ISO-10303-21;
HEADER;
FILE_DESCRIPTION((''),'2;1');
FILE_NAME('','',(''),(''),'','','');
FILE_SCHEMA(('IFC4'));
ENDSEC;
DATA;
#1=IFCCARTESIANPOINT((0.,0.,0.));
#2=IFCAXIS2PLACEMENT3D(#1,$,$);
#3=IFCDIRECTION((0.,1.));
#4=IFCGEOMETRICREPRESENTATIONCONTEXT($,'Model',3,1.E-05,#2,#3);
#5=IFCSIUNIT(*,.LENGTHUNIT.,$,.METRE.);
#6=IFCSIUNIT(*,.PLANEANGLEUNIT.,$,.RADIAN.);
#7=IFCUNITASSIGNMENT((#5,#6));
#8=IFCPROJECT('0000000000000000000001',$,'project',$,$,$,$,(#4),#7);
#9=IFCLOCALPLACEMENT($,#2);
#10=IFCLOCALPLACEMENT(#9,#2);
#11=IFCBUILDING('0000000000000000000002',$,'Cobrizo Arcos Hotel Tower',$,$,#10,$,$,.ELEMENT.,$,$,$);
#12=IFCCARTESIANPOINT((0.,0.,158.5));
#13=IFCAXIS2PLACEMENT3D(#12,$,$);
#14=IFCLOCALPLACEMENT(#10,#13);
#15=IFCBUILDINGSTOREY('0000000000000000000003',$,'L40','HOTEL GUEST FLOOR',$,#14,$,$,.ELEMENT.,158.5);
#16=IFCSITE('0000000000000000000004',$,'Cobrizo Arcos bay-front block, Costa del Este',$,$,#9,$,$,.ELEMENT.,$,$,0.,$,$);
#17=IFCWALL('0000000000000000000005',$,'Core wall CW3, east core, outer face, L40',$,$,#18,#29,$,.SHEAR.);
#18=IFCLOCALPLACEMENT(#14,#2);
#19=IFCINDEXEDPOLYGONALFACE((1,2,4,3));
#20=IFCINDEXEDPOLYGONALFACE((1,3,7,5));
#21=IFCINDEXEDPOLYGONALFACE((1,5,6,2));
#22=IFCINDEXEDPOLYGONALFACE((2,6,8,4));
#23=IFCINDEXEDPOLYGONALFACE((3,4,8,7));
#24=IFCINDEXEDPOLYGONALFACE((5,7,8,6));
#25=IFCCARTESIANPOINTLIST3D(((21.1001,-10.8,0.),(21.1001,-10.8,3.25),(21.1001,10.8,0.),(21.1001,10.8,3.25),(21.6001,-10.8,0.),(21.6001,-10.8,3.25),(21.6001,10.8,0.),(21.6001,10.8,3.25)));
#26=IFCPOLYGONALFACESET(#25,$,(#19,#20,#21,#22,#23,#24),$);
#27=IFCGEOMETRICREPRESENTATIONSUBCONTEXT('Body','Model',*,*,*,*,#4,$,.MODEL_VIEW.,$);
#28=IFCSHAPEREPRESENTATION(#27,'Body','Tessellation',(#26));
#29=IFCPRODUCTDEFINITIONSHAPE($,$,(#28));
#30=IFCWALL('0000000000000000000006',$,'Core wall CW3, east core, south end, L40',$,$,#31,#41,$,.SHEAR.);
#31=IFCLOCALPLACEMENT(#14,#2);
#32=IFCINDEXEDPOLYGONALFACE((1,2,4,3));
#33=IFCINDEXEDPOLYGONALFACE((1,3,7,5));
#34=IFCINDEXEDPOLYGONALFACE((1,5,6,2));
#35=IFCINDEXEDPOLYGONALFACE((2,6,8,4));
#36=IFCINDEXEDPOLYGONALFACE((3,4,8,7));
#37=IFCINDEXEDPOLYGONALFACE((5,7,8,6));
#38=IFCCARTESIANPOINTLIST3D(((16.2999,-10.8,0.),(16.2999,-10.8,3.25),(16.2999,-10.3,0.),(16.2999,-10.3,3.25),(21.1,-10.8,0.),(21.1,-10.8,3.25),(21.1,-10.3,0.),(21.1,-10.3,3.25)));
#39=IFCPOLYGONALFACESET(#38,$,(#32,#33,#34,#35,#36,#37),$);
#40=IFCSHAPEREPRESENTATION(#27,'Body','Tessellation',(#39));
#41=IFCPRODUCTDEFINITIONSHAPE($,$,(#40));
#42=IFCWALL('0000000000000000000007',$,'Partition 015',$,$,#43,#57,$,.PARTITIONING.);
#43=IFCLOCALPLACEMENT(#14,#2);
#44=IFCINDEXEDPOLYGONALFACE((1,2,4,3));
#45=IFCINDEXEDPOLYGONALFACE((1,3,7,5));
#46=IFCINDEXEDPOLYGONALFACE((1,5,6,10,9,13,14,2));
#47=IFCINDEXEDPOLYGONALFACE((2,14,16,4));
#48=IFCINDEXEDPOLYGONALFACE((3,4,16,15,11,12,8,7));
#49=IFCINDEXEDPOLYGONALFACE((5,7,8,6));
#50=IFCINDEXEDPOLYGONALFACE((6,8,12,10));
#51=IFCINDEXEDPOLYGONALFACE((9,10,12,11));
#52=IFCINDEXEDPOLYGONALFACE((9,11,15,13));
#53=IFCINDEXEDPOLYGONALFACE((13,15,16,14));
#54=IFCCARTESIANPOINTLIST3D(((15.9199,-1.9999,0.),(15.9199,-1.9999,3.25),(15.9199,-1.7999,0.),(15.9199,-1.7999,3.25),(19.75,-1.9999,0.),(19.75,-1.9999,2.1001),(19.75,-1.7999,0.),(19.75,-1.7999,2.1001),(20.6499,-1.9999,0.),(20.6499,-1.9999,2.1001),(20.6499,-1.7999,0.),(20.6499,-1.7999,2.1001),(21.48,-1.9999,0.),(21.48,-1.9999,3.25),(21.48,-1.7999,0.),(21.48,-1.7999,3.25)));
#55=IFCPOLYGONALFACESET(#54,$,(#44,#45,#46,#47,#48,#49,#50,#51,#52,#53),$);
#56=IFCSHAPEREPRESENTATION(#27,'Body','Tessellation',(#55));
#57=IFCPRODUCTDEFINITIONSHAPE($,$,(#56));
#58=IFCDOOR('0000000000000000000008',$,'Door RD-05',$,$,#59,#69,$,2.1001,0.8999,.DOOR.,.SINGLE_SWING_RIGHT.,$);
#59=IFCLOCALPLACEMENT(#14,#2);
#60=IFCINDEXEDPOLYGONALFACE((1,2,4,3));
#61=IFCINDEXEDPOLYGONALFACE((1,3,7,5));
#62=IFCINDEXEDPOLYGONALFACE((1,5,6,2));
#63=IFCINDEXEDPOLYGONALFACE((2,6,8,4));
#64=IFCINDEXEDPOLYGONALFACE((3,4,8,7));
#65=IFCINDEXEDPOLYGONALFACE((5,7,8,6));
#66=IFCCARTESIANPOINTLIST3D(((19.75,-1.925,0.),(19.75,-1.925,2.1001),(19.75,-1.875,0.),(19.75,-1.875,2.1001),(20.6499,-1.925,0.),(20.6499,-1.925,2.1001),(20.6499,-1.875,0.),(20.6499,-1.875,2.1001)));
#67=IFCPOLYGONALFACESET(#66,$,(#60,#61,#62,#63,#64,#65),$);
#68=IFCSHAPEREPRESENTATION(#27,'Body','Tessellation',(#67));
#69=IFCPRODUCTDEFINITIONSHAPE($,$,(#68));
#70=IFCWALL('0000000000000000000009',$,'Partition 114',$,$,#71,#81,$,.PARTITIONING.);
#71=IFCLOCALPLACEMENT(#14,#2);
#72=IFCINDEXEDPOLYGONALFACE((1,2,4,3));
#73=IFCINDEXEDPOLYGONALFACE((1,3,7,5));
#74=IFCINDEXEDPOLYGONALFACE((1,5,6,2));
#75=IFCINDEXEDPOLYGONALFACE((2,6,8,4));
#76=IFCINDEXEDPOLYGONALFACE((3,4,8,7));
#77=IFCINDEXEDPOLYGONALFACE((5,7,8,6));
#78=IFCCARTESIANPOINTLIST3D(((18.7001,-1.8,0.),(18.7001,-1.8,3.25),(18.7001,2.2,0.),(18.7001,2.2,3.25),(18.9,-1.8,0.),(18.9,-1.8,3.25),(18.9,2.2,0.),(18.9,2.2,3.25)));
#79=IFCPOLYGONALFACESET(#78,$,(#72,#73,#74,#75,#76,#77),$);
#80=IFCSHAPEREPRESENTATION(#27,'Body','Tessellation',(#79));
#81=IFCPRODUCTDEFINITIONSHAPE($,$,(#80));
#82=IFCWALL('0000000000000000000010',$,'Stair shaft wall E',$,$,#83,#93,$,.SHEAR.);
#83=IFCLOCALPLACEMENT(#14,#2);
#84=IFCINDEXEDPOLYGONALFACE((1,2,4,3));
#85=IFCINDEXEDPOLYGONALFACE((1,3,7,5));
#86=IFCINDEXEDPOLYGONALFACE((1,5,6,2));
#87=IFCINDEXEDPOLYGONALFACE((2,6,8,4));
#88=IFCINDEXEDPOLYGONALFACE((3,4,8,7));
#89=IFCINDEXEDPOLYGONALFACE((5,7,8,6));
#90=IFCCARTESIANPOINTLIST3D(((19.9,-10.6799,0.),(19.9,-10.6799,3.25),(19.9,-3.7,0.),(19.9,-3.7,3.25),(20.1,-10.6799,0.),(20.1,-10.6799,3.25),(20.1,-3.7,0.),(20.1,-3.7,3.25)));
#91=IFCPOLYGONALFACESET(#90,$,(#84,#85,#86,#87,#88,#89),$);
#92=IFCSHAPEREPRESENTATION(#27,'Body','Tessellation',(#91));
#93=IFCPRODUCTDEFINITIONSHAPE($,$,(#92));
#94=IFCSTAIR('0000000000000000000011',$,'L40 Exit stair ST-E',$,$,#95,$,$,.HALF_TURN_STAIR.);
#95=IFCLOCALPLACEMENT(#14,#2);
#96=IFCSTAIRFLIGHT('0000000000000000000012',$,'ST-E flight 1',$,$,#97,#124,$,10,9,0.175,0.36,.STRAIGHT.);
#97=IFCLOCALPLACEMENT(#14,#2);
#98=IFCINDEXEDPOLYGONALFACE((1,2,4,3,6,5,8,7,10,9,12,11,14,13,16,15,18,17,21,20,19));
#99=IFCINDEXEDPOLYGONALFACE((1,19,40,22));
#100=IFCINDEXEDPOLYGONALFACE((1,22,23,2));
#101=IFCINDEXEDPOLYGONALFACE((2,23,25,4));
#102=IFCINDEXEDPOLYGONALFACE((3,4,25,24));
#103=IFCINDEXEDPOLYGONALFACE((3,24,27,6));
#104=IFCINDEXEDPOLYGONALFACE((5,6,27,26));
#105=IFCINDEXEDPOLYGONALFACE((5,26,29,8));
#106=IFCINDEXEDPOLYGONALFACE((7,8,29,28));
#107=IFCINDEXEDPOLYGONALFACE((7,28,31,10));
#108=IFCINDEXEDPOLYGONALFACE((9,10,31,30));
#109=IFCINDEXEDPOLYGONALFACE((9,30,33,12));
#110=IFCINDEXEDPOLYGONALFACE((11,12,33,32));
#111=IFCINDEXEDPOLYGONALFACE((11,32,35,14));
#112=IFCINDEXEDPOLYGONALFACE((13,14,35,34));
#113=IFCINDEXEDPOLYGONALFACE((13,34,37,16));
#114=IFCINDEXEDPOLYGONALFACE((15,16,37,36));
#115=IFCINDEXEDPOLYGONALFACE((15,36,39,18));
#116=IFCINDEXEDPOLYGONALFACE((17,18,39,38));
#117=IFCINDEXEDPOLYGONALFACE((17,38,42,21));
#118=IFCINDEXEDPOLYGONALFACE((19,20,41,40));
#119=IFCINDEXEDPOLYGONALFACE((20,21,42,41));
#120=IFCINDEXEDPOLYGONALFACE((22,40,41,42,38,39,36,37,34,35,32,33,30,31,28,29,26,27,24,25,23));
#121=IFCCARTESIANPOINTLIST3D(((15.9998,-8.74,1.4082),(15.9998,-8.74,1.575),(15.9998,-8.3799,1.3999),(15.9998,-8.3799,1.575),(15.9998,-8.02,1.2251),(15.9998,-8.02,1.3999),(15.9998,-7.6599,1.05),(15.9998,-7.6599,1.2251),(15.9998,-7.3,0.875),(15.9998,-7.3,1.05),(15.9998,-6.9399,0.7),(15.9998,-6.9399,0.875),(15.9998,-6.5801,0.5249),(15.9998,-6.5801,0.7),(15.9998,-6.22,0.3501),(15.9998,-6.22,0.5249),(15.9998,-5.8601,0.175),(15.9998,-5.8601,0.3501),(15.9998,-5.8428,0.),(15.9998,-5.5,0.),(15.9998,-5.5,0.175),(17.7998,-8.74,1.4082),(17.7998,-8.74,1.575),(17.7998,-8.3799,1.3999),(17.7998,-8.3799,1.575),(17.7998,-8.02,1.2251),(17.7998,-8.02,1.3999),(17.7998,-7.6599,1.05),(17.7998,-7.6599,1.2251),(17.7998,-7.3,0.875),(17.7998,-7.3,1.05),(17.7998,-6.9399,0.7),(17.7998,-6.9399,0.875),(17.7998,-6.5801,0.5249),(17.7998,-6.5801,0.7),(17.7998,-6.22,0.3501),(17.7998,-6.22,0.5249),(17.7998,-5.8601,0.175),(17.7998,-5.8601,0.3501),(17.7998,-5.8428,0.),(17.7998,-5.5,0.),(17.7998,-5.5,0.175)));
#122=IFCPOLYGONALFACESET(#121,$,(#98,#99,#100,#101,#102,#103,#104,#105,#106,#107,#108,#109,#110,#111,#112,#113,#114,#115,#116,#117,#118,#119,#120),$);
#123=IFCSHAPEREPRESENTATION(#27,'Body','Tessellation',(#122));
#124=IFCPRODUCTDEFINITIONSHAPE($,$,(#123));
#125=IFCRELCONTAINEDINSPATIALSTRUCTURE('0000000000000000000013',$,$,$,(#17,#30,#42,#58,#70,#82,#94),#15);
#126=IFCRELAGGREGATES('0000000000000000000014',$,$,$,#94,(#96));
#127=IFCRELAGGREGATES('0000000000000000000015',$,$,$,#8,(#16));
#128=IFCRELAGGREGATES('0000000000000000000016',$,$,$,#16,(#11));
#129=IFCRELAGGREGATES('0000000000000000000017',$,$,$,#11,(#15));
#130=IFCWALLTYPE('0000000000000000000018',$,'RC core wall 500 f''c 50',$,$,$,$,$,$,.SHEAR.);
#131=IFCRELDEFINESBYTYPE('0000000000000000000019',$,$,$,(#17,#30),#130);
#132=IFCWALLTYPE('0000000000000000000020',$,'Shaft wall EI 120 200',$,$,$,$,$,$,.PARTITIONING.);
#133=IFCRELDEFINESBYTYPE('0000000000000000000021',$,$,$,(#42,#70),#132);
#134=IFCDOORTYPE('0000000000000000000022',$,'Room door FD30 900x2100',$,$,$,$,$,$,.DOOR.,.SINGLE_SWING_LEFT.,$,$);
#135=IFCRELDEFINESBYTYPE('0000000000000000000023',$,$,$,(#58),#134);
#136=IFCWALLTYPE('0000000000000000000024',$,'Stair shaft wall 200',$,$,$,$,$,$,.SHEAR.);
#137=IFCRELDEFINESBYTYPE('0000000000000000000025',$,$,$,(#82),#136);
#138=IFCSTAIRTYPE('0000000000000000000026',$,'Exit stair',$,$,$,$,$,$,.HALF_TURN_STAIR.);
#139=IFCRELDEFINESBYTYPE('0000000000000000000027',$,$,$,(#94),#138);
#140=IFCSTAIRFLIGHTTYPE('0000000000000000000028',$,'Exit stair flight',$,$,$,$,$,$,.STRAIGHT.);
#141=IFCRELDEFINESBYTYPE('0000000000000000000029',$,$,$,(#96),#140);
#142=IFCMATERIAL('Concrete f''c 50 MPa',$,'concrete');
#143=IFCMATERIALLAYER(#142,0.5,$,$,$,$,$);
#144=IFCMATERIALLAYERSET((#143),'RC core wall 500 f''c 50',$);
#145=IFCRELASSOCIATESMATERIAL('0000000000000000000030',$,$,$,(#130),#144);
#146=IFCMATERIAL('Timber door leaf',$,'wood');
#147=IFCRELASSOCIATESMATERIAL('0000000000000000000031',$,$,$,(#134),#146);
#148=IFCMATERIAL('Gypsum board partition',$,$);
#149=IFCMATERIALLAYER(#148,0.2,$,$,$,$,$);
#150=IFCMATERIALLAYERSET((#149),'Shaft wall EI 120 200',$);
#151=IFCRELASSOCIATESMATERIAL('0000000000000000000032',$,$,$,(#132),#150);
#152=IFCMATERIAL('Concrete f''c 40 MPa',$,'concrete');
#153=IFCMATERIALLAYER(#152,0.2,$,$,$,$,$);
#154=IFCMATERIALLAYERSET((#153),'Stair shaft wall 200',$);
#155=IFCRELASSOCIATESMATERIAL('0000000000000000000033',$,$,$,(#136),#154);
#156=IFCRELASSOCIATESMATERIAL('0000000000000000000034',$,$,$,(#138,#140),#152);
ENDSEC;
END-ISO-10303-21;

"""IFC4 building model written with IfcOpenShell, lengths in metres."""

from ifc_helpers import new_model, si_unit, direction, frame, frame_2d, origin, place, context, subcontext, project, spatial, polyline, rectangle, outline, extrude, material, layer, layer_set, type_object, element, fill, aggregate, save


model = new_model("IFC4")

# Units and contexts
model_context = context("Model", 3, precision=1e-05, world=origin(), true_north=direction((0.0, 1.0)))
body_context = subcontext(model_context, "Body", "Model", "MODEL_VIEW")
ifc_project = project(units=[si_unit("LENGTHUNIT", "METRE"), si_unit("PLANEANGLEUNIT", "RADIAN")], contexts=[model_context])

# Site, building, storey
site_placement = place(None, origin())
site = spatial("IfcSite", under=ifc_project, at=site_placement, Name="Cobrizo Arcos bay-front block, Costa del Este", CompositionType="ELEMENT", RefElevation=0.0)
building_placement = place(site_placement, origin())
building = spatial("IfcBuilding", under=site, at=building_placement, Name="Cobrizo Arcos Hotel Tower", CompositionType="ELEMENT")
storey_placement = place(building_placement, frame((0.0, 0.0, 158.5)))
storey = spatial("IfcBuildingStorey", under=building, at=storey_placement, Name="L40", Description="HOTEL GUEST FLOOR", CompositionType="ELEMENT", Elevation=158.5)

# Shared definitions
ifc_material_1 = material(Name="Concrete f'c 50 MPa", Category="concrete")
ifc_layer_1 = layer(ifc_material_1, 0.5)
ifc_layer_set_1 = layer_set([ifc_layer_1], Name="RC core wall 500 f'c 50")
wall_type_1 = type_object("IfcWallType", Name="RC core wall 500 f'c 50", PredefinedType="SHEAR", material=ifc_layer_set_1)
ifc_material_2 = material(Name="Timber door leaf", Category="wood")
door_type_1 = type_object("IfcDoorType", Name="Room door FD30 900x2100", OperationType="SINGLE_SWING_LEFT", PredefinedType="DOOR", material=ifc_material_2)

# Walls
wall_1_placement = place(storey_placement, frame((21.3501, -10.8, 0.0), z_axis=(0.0, 0.0, 1.0), x_axis=(0.0, 1.0, 0.0)))
element("IfcWall", 1, at=wall_1_placement, inside=storey, type_object=wall_type_1, Name="Core wall CW3, east core, outer face, L40", PredefinedType="SHEAR", context=body_context, shape_type="SweptSolid", body=[
    extrude(rectangle(XDim=21.6001, YDim=0.5, at=frame_2d((10.8, 0.0))), origin(), (0.0, 0.0, 1.0), 3.25),
])
wall_2_placement = place(storey_placement, frame((16.3, -10.55, 0.0), z_axis=(0.0, 0.0, 1.0), x_axis=(1.0, 0.0, 0.0)))
element("IfcWall", 2, at=wall_2_placement, inside=storey, type_object=wall_type_1, Name="Core wall CW3, east core, south end, L40", PredefinedType="SHEAR", context=body_context, shape_type="SweptSolid", body=[
    extrude(rectangle(XDim=4.8, YDim=0.5, at=frame_2d((2.3999, 0.0))), origin(), (0.0, 0.0, 1.0), 3.25),
])

# Wall, opening, door
ifc_material_3 = material(Name="Gypsum board partition")
ifc_layer_2 = layer(ifc_material_3, 0.2)
ifc_layer_set_2 = layer_set([ifc_layer_2], Name="Shaft wall EI 120 200")
wall_type_2 = type_object("IfcWallType", Name="Shaft wall EI 120 200", PredefinedType="PARTITIONING", material=ifc_layer_set_2)
wall_3_placement = place(storey_placement, frame((15.9199, -1.8999, 0.0), z_axis=(0.0, 0.0, 1.0), x_axis=(1.0, 0.0, 0.0)))
wall_3 = element("IfcWall", 3, at=wall_3_placement, inside=storey, type_object=wall_type_2, Name="Partition 015", PredefinedType="PARTITIONING", context=body_context, shape_type="SweptSolid", body=[
    extrude(rectangle(XDim=5.5601, YDim=0.2, at=frame_2d((2.78, 0.0))), origin(), (0.0, 0.0, 1.0), 3.25),
])
opening_1_placement = place(wall_3_placement, frame((3.8301, 0.0, 0.0)))
opening_1 = element("IfcOpeningElement", 4, at=opening_1_placement, cuts=wall_3, PredefinedType="OPENING", context=body_context, shape_type="SweptSolid", body=[
    extrude(rectangle(XDim=0.8999, YDim=2.1001, at=frame_2d((0.45, 1.05))), frame((0.0, 0.1121, 0.0), z_axis=(0.0, -1.0, 0.0), x_axis=(1.0, 0.0, 0.0)), (0.0, 0.0, 1.0), 0.2239),
])
door_1_placement = place(opening_1_placement, origin())
door_1 = element("IfcDoor", 5, at=door_1_placement, inside=storey, type_object=door_type_1, Name="Door RD-05", OperationType="SINGLE_SWING_RIGHT", OverallHeight=2.1001, OverallWidth=0.8999, PredefinedType="DOOR", context=body_context, shape_type="SweptSolid", body=[
    extrude(rectangle(XDim=0.8999, YDim=2.1001, at=frame_2d((0.45, 1.05))), frame((0.0, 0.0249, 0.0), z_axis=(0.0, -1.0, 0.0), x_axis=(1.0, 0.0, 0.0)), (0.0, 0.0, 1.0), 0.05),
])
fill(opening_1, door_1)

# Walls
wall_4_placement = place(storey_placement, frame((18.8, -1.8, 0.0), z_axis=(0.0, 0.0, 1.0), x_axis=(0.0, 1.0, 0.0)))
element("IfcWall", 6, at=wall_4_placement, inside=storey, type_object=wall_type_2, Name="Partition 114", PredefinedType="PARTITIONING", context=body_context, shape_type="SweptSolid", body=[
    extrude(rectangle(XDim=4.0, YDim=0.2, at=frame_2d((2.0, 0.0))), origin(), (0.0, 0.0, 1.0), 3.25),
])
ifc_material_4 = material(Name="Concrete f'c 40 MPa", Category="concrete")
ifc_layer_3 = layer(ifc_material_4, 0.2)
ifc_layer_set_3 = layer_set([ifc_layer_3], Name="Stair shaft wall 200")
wall_type_3 = type_object("IfcWallType", Name="Stair shaft wall 200", PredefinedType="SHEAR", material=ifc_layer_set_3)
wall_5_placement = place(storey_placement, frame((20.0, -10.6799, 0.0), z_axis=(0.0, 0.0, 1.0), x_axis=(0.0, 1.0, 0.0)))
element("IfcWall", 7, at=wall_5_placement, inside=storey, type_object=wall_type_3, Name="Stair shaft wall E", PredefinedType="SHEAR", context=body_context, shape_type="SweptSolid", body=[
    extrude(rectangle(XDim=6.98, YDim=0.2, at=frame_2d((3.49, 0.0))), origin(), (0.0, 0.0, 1.0), 3.25),
])

# Stair, stair flight
stair_type = type_object("IfcStairType", Name="Exit stair", PredefinedType="HALF_TURN_STAIR", material=ifc_material_4)
stair_placement = place(storey_placement, origin())
stair = element("IfcStair", 8, at=stair_placement, inside=storey, type_object=stair_type, Name="L40 Exit stair ST-E", PredefinedType="HALF_TURN_STAIR")
stair_flight_type = type_object("IfcStairFlightType", Name="Exit stair flight", PredefinedType="STRAIGHT", material=ifc_material_4)
stair_flight_placement = place(storey_placement, frame((16.8999, -5.5, 0.0), z_axis=(0.0, 0.0, 1.0), x_axis=(0.0, -1.0, 0.0)))
stair_flight = element("IfcStairFlight", 9, at=stair_flight_placement, type_object=stair_flight_type, Name="ST-E flight 1", NumberOfRisers=10, NumberOfTreads=9, PredefinedType="STRAIGHT", RiserHeight=0.175, TreadLength=0.36, context=body_context, shape_type="SweptSolid", body=[
    extrude(outline(polyline([(0.0, 0.0), (0.0, 0.175), (0.3601, 0.175), (0.3601, 0.3501), (0.72, 0.3501), (0.72, 0.5249), (1.0801, 0.5249), (1.0801, 0.7), (1.4399, 0.7), (1.4399, 0.875), (1.8, 0.875), (1.8, 1.05), (2.1599, 1.05), (2.1599, 1.2251), (2.52, 1.2251), (2.52, 1.3999), (2.8799, 1.3999), (2.8799, 1.575), (3.24, 1.575), (3.24, 1.75), (3.24, 1.4082), (0.3428, 0.0), (0.0, 0.0)])), frame((0.0, 0.8999, 0.0), z_axis=(0.0, -1.0, 0.0), x_axis=(1.0, 0.0, 0.0)), (0.0, 0.0, 1.0), 1.8),
])
aggregate(stair, [stair_flight])

save(model, "model.ifc")
